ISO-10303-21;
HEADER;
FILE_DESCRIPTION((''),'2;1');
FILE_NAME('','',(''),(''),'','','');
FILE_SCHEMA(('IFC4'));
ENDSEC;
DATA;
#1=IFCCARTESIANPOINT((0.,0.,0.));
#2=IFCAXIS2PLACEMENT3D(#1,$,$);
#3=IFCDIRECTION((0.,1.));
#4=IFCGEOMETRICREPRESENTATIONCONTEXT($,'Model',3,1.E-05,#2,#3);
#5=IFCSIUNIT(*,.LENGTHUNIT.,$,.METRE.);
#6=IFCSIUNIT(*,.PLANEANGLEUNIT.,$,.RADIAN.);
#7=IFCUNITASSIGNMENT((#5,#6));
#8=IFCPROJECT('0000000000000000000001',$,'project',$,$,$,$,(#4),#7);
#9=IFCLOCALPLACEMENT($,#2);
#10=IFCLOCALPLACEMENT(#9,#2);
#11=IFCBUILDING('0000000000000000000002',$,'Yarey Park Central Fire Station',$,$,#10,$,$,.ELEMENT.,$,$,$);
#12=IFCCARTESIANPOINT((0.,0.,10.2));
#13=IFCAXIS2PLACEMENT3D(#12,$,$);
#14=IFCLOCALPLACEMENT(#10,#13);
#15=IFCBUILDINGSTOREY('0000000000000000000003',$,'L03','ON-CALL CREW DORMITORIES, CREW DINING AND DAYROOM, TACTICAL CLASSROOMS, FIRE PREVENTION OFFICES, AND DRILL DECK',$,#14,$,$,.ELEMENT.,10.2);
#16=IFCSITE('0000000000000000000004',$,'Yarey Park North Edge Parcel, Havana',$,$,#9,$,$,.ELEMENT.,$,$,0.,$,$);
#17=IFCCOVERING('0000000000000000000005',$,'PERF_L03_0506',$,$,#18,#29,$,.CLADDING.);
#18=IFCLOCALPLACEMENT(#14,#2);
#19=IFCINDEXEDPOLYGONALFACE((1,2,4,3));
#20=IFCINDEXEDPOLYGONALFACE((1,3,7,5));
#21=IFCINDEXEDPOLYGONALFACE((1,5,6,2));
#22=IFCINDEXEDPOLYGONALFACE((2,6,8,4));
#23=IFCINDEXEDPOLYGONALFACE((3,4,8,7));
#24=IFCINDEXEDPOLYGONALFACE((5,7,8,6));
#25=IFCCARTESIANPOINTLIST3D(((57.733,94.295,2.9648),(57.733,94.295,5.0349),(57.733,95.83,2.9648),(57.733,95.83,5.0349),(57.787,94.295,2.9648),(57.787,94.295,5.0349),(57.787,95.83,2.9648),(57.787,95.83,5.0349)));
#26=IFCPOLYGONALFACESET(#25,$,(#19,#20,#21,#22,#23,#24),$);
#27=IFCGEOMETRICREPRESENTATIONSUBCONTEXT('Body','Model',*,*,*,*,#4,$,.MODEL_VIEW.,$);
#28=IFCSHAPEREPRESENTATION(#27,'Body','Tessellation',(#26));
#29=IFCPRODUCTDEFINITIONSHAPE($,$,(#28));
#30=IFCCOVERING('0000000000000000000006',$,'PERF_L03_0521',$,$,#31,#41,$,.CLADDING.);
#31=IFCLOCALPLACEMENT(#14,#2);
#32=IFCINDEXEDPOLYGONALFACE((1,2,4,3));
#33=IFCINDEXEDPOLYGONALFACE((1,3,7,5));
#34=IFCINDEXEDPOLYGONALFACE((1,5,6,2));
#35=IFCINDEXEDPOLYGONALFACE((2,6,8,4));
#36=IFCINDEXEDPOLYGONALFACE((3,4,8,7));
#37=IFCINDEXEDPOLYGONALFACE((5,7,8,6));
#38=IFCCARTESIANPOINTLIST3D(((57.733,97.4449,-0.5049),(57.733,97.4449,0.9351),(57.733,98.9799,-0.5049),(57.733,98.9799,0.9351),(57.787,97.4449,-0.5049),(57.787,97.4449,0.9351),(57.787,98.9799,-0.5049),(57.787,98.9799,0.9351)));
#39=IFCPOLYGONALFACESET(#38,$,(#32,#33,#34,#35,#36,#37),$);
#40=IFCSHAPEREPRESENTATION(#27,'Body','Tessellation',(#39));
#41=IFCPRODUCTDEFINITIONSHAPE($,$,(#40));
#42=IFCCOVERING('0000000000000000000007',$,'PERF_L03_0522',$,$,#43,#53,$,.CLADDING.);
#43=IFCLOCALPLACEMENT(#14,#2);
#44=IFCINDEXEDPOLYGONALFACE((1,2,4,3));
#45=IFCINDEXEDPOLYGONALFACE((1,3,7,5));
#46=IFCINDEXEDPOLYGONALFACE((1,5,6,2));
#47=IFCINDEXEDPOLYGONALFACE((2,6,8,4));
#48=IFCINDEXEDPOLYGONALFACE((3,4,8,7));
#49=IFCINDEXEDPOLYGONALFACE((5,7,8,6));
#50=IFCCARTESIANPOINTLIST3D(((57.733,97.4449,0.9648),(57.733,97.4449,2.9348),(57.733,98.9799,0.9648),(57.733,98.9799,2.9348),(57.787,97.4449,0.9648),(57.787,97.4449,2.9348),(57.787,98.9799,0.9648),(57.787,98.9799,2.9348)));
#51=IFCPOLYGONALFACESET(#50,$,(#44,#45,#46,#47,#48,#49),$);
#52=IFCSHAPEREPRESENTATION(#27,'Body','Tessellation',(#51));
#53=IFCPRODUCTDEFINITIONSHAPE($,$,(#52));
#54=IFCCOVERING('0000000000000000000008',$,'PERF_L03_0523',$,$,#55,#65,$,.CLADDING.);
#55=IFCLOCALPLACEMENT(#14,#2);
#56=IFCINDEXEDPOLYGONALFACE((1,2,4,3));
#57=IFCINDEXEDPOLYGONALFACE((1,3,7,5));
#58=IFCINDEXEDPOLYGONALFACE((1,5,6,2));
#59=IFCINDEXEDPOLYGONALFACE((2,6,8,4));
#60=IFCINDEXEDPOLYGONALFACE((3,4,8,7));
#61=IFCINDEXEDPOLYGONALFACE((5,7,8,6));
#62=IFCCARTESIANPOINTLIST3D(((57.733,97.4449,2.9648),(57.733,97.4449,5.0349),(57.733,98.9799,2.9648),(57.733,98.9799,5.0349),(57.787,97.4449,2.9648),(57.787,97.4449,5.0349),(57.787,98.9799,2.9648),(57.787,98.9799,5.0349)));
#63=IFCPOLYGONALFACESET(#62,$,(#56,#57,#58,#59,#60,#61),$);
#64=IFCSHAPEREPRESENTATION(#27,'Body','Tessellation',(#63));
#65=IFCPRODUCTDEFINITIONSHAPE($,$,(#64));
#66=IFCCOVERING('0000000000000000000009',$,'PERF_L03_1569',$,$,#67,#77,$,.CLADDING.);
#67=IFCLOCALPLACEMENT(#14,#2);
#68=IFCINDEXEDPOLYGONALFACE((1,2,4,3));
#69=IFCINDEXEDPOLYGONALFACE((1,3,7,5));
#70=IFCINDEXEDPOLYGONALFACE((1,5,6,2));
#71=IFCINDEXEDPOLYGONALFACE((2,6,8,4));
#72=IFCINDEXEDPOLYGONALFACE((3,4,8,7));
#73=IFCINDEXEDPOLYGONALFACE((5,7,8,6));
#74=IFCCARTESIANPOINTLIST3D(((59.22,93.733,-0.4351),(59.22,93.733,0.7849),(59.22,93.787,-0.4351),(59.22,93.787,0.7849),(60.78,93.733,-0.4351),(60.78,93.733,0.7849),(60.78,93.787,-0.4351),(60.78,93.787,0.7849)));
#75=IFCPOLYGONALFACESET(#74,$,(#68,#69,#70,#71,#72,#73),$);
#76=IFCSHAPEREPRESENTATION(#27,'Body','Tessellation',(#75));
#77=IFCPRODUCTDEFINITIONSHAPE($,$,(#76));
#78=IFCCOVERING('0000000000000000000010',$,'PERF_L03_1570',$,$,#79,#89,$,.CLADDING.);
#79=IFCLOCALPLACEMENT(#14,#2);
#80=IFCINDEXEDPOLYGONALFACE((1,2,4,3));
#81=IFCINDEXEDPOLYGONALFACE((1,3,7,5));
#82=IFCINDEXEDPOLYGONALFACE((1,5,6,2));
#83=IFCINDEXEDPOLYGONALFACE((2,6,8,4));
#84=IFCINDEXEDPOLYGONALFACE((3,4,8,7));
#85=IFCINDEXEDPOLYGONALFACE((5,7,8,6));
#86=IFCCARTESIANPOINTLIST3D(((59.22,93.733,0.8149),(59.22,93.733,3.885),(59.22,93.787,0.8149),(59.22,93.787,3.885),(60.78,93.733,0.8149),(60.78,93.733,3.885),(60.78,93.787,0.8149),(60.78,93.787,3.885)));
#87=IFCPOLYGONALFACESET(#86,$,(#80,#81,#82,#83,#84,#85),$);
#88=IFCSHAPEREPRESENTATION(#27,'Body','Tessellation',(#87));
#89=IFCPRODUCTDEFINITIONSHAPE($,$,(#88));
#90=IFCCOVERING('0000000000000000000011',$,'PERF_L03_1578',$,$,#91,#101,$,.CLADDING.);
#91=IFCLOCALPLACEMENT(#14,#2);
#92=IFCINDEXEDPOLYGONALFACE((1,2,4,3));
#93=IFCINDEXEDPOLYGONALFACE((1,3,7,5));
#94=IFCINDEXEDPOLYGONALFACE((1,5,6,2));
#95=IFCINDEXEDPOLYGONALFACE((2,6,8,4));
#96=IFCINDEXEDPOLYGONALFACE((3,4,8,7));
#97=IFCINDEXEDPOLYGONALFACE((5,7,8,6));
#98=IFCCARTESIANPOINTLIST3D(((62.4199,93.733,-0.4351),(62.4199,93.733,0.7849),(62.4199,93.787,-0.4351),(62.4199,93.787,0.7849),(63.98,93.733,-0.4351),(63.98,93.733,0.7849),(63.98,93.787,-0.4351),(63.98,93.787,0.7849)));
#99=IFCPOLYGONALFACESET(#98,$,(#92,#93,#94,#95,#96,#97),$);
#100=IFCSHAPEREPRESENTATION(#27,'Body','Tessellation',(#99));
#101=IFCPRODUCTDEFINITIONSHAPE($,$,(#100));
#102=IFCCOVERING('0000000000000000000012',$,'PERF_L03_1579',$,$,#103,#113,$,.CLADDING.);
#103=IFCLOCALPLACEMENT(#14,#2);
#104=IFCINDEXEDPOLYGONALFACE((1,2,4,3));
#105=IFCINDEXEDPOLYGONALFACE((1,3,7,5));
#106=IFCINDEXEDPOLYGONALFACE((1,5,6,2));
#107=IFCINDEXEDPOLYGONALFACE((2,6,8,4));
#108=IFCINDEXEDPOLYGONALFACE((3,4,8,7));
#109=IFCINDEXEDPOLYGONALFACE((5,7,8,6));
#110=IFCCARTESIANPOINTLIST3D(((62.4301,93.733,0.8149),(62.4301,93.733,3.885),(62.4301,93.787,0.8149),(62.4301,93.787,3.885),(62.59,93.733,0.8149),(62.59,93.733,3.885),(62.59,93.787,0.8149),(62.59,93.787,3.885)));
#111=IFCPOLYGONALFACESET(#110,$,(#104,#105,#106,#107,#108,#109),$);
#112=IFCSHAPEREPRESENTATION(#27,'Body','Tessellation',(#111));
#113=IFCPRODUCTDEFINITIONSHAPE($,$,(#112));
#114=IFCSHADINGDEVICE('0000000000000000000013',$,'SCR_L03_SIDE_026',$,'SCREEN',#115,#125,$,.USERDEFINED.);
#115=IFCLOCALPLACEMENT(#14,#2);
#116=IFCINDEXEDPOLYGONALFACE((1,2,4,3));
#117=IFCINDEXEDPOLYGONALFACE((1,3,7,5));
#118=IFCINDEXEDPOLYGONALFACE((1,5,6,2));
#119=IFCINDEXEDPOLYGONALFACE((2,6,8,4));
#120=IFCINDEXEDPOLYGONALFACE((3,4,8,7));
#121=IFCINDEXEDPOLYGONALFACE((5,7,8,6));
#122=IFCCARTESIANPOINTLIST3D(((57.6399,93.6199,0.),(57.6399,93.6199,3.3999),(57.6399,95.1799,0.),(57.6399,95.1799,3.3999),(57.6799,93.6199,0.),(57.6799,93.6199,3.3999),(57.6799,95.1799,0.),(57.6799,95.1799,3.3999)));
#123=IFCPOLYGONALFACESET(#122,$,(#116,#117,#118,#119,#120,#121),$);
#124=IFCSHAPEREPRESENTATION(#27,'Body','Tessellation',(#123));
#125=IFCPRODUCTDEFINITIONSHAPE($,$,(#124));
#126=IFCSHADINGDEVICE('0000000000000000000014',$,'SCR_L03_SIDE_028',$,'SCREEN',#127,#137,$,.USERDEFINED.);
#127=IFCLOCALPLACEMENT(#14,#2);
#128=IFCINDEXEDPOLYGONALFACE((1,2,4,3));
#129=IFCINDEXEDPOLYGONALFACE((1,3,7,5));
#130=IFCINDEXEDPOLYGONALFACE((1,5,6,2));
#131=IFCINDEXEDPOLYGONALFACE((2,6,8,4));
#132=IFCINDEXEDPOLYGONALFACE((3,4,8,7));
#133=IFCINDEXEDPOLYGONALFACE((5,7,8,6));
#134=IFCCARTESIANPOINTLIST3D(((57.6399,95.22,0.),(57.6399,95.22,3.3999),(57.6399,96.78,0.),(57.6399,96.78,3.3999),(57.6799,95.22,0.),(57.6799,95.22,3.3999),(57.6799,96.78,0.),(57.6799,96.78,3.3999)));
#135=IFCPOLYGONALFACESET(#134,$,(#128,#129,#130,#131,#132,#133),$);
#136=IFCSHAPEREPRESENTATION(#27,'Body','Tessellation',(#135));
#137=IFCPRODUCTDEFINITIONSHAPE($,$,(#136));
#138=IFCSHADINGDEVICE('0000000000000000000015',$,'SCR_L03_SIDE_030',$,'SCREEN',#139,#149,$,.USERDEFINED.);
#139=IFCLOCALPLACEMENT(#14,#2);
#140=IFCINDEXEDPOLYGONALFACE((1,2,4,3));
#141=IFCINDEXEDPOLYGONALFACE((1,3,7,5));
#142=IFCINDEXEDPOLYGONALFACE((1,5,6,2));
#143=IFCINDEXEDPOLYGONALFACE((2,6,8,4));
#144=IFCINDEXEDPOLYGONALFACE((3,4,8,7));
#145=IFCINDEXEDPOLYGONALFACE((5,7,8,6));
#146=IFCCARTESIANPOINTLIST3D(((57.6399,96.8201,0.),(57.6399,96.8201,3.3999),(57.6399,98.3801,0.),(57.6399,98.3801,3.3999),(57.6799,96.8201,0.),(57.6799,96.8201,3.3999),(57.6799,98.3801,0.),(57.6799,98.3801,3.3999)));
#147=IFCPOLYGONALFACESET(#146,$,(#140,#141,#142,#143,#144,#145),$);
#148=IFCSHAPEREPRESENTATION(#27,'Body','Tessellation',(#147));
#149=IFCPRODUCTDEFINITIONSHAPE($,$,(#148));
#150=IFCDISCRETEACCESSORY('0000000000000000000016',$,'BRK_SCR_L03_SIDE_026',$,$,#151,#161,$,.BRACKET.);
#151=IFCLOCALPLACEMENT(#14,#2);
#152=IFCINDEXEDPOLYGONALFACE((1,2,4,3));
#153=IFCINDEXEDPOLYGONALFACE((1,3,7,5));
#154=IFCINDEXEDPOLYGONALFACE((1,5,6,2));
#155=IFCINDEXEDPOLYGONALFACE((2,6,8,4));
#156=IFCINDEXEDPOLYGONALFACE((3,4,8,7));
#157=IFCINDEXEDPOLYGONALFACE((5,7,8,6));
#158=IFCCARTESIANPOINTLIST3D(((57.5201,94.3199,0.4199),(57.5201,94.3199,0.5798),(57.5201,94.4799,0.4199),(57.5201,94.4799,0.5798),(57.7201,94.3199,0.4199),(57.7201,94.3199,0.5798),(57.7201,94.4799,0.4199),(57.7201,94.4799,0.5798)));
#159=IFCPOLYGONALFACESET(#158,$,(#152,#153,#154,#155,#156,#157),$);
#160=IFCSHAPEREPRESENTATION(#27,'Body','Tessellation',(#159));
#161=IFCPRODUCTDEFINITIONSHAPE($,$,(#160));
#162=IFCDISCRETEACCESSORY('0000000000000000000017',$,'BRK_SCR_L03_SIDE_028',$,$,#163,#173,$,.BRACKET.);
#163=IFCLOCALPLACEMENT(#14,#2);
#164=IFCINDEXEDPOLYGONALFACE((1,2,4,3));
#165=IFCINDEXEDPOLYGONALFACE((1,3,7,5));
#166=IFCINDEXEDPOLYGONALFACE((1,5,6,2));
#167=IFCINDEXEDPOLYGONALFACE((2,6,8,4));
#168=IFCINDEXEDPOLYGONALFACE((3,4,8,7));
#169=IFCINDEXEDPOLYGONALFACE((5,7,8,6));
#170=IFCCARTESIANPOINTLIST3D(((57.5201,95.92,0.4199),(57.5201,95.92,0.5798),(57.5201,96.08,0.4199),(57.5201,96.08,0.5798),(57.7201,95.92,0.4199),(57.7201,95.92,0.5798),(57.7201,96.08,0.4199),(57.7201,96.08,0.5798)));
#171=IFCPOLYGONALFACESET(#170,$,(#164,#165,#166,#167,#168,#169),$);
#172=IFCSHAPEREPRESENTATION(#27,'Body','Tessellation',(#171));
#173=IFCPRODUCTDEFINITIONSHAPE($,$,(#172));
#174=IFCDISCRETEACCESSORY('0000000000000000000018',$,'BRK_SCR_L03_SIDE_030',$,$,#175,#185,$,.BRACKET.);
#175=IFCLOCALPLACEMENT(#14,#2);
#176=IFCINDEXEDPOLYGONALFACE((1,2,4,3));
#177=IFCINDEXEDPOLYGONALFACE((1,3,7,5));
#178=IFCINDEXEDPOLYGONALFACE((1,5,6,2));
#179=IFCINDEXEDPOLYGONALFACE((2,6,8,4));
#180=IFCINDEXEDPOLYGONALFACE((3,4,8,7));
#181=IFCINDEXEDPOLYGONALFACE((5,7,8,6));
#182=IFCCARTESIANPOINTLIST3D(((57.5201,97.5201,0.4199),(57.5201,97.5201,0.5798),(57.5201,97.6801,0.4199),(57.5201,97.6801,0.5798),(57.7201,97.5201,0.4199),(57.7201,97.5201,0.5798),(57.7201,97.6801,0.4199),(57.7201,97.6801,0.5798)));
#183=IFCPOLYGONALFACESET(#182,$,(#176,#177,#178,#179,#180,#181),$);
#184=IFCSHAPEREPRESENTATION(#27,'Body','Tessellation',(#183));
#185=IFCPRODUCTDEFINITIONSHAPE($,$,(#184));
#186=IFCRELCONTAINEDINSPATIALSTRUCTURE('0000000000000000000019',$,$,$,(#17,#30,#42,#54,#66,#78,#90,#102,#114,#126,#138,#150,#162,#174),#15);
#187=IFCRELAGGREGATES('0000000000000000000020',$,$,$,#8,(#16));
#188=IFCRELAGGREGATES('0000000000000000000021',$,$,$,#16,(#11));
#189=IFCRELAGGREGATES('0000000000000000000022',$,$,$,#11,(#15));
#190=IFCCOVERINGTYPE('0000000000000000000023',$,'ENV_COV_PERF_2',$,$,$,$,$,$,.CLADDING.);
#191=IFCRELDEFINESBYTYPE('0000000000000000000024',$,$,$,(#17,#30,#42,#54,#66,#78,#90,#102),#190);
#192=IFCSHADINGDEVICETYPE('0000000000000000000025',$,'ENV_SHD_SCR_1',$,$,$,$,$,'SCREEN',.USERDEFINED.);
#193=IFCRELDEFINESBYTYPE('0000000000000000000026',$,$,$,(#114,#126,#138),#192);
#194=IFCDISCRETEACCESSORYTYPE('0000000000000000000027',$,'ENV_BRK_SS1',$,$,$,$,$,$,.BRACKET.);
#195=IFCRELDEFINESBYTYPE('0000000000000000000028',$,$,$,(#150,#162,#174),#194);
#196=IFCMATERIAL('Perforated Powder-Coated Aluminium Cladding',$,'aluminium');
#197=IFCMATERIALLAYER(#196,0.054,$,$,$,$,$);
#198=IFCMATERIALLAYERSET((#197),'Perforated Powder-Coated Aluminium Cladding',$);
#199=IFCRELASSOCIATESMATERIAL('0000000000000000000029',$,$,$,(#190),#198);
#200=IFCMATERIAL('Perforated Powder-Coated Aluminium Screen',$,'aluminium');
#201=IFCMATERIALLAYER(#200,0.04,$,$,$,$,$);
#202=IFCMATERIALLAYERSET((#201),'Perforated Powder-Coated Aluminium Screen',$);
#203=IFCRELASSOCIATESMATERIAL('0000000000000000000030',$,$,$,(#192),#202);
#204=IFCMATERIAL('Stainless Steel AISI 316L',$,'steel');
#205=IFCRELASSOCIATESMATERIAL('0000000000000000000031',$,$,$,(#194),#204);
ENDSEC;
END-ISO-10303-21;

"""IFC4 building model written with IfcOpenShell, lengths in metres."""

from ifc_helpers import new_model, si_unit, direction, frame, origin, origin_2d, place, context, subcontext, project, spatial, rectangle, extrude, material, layer, layer_set, type_object, element, save


model = new_model("IFC4")

# Units and contexts
model_context = context("Model", 3, precision=1e-05, world=origin(), true_north=direction((0.0, 1.0)))
body_context = subcontext(model_context, "Body", "Model", "MODEL_VIEW")
ifc_project = project(units=[si_unit("LENGTHUNIT", "METRE"), si_unit("PLANEANGLEUNIT", "RADIAN")], contexts=[model_context])

# Site, building, storey
site_placement = place(None, origin())
site = spatial("IfcSite", under=ifc_project, at=site_placement, Name="Yarey Park North Edge Parcel, Havana", CompositionType="ELEMENT", RefElevation=0.0)
building_placement = place(site_placement, origin())
building = spatial("IfcBuilding", under=site, at=building_placement, Name="Yarey Park Central Fire Station", CompositionType="ELEMENT")
storey_placement = place(building_placement, frame((0.0, 0.0, 10.2)))
storey = spatial("IfcBuildingStorey", under=building, at=storey_placement, Name="L03", Description="ON-CALL CREW DORMITORIES, CREW DINING AND DAYROOM, TACTICAL CLASSROOMS, FIRE PREVENTION OFFICES, AND DRILL DECK", CompositionType="ELEMENT", Elevation=10.2)

# Coverings
ifc_material_1 = material(Name="Perforated Powder-Coated Aluminium Cladding", Category="aluminium")
ifc_layer_1 = layer(ifc_material_1, 0.054)
ifc_layer_set_1 = layer_set([ifc_layer_1], Name="Perforated Powder-Coated Aluminium Cladding")
covering_type_1 = type_object("IfcCoveringType", Name="ENV_COV_PERF_2", PredefinedType="CLADDING", material=ifc_layer_set_1)
covering_1_placement = place(storey_placement, frame((57.76, 95.0625, 2.9648), z_axis=(0.0, 0.0, 1.0), x_axis=(0.0, 1.0, 0.0)))
element("IfcCovering", 1, at=covering_1_placement, inside=storey, type_object=covering_type_1, Name="PERF_L03_0506", PredefinedType="CLADDING", context=body_context, shape_type="SweptSolid", body=[
    extrude(rectangle(XDim=1.5349, YDim=0.054, at=origin_2d()), origin(), (0.0, 0.0, 1.0), 2.0701),
])
covering_2_placement = place(storey_placement, frame((57.76, 98.2124, -0.5049), z_axis=(0.0, 0.0, 1.0), x_axis=(0.0, 1.0, 0.0)))
element("IfcCovering", 2, at=covering_2_placement, inside=storey, type_object=covering_type_1, Name="PERF_L03_0521", PredefinedType="CLADDING", context=body_context, shape_type="SweptSolid", body=[
    extrude(rectangle(XDim=1.5349, YDim=0.054, at=origin_2d()), origin(), (0.0, 0.0, 1.0), 1.4399),
])
covering_3_placement = place(storey_placement, frame((57.76, 98.2124, 0.9648), z_axis=(0.0, 0.0, 1.0), x_axis=(0.0, 1.0, 0.0)))
element("IfcCovering", 3, at=covering_3_placement, inside=storey, type_object=covering_type_1, Name="PERF_L03_0522", PredefinedType="CLADDING", context=body_context, shape_type="SweptSolid", body=[
    extrude(rectangle(XDim=1.5349, YDim=0.054, at=origin_2d()), origin(), (0.0, 0.0, 1.0), 1.97),
])
covering_4_placement = place(storey_placement, frame((57.76, 98.2124, 2.9648), z_axis=(0.0, 0.0, 1.0), x_axis=(0.0, 1.0, 0.0)))
element("IfcCovering", 4, at=covering_4_placement, inside=storey, type_object=covering_type_1, Name="PERF_L03_0523", PredefinedType="CLADDING", context=body_context, shape_type="SweptSolid", body=[
    extrude(rectangle(XDim=1.5349, YDim=0.054, at=origin_2d()), origin(), (0.0, 0.0, 1.0), 2.0701),
])
covering_5_placement = place(storey_placement, frame((60.0, 93.76, -0.4351), z_axis=(0.0, 0.0, 1.0), x_axis=(1.0, 0.0, 0.0)))
element("IfcCovering", 5, at=covering_5_placement, inside=storey, type_object=covering_type_1, Name="PERF_L03_1569", PredefinedType="CLADDING", context=body_context, shape_type="SweptSolid", body=[
    extrude(rectangle(XDim=1.5601, YDim=0.054, at=origin_2d()), origin(), (0.0, 0.0, 1.0), 1.22),
])
covering_6_placement = place(storey_placement, frame((60.0, 93.76, 0.8149), z_axis=(0.0, 0.0, 1.0), x_axis=(1.0, 0.0, 0.0)))
element("IfcCovering", 6, at=covering_6_placement, inside=storey, type_object=covering_type_1, Name="PERF_L03_1570", PredefinedType="CLADDING", context=body_context, shape_type="SweptSolid", body=[
    extrude(rectangle(XDim=1.5601, YDim=0.054, at=origin_2d()), origin(), (0.0, 0.0, 1.0), 3.0701),
])
covering_7_placement = place(storey_placement, frame((63.2, 93.76, -0.4351), z_axis=(0.0, 0.0, 1.0), x_axis=(1.0, 0.0, 0.0)))
element("IfcCovering", 7, at=covering_7_placement, inside=storey, type_object=covering_type_1, Name="PERF_L03_1578", PredefinedType="CLADDING", context=body_context, shape_type="SweptSolid", body=[
    extrude(rectangle(XDim=1.5601, YDim=0.054, at=origin_2d()), origin(), (0.0, 0.0, 1.0), 1.22),
])
covering_8_placement = place(storey_placement, frame((62.51, 93.76, 0.8149), z_axis=(0.0, 0.0, 1.0), x_axis=(1.0, 0.0, 0.0)))
element("IfcCovering", 8, at=covering_8_placement, inside=storey, type_object=covering_type_1, Name="PERF_L03_1579", PredefinedType="CLADDING", context=body_context, shape_type="SweptSolid", body=[
    extrude(rectangle(XDim=0.1599, YDim=0.054, at=origin_2d()), origin(), (0.0, 0.0, 1.0), 3.0701),
])

# Shading devices
ifc_material_2 = material(Name="Perforated Powder-Coated Aluminium Screen", Category="aluminium")
ifc_layer_2 = layer(ifc_material_2, 0.04)
ifc_layer_set_2 = layer_set([ifc_layer_2], Name="Perforated Powder-Coated Aluminium Screen")
shading_device_type = type_object("IfcShadingDeviceType", Name="ENV_SHD_SCR_1", ElementType="SCREEN", PredefinedType="USERDEFINED", material=ifc_layer_set_2)
for number, where, z_axis, x_axis, name in (
    (9, (57.6599, 94.3999, 0.0), (0.0, 0.0, 1.0), (0.0, 1.0, 0.0), "SCR_L03_SIDE_026"),
    (10, (57.6599, 96.0, 0.0), (0.0, 0.0, 1.0), (0.0, 1.0, 0.0), "SCR_L03_SIDE_028"),
    (11, (57.6599, 97.6001, 0.0), (0.0, 0.0, 1.0), (0.0, 1.0, 0.0), "SCR_L03_SIDE_030"),
):
    element("IfcShadingDevice", number, at=place(storey_placement, frame(where, z_axis=z_axis, x_axis=x_axis)), inside=storey, type_object=shading_device_type, Name=name, ObjectType="SCREEN", PredefinedType="USERDEFINED", context=body_context, shape_type="SweptSolid", body=[
        extrude(rectangle(XDim=1.5601, YDim=0.04, at=origin_2d()), origin(), (0.0, 0.0, 1.0), 3.3999),
    ])

# Discrete accessories
ifc_material_3 = material(Name="Stainless Steel AISI 316L", Category="steel")
discrete_accessory_type = type_object("IfcDiscreteAccessoryType", Name="ENV_BRK_SS1", PredefinedType="BRACKET", material=ifc_material_3)
for number, where, z_axis, x_axis, name in (
    (12, (57.6201, 94.3999, 0.4199), (0.0, 0.0, 1.0), (1.0, 0.0, 0.0), "BRK_SCR_L03_SIDE_026"),
    (13, (57.6201, 96.0, 0.4199), (0.0, 0.0, 1.0), (1.0, 0.0, 0.0), "BRK_SCR_L03_SIDE_028"),
    (14, (57.6201, 97.6001, 0.4199), (0.0, 0.0, 1.0), (1.0, 0.0, 0.0), "BRK_SCR_L03_SIDE_030"),
):
    element("IfcDiscreteAccessory", number, at=place(storey_placement, frame(where, z_axis=z_axis, x_axis=x_axis)), inside=storey, type_object=discrete_accessory_type, Name=name, PredefinedType="BRACKET", context=body_context, shape_type="SweptSolid", body=[
        extrude(rectangle(XDim=0.2, YDim=0.1599, at=origin_2d()), origin(), (0.0, 0.0, 1.0), 0.1599),
    ])

save(model, "model.ifc")
